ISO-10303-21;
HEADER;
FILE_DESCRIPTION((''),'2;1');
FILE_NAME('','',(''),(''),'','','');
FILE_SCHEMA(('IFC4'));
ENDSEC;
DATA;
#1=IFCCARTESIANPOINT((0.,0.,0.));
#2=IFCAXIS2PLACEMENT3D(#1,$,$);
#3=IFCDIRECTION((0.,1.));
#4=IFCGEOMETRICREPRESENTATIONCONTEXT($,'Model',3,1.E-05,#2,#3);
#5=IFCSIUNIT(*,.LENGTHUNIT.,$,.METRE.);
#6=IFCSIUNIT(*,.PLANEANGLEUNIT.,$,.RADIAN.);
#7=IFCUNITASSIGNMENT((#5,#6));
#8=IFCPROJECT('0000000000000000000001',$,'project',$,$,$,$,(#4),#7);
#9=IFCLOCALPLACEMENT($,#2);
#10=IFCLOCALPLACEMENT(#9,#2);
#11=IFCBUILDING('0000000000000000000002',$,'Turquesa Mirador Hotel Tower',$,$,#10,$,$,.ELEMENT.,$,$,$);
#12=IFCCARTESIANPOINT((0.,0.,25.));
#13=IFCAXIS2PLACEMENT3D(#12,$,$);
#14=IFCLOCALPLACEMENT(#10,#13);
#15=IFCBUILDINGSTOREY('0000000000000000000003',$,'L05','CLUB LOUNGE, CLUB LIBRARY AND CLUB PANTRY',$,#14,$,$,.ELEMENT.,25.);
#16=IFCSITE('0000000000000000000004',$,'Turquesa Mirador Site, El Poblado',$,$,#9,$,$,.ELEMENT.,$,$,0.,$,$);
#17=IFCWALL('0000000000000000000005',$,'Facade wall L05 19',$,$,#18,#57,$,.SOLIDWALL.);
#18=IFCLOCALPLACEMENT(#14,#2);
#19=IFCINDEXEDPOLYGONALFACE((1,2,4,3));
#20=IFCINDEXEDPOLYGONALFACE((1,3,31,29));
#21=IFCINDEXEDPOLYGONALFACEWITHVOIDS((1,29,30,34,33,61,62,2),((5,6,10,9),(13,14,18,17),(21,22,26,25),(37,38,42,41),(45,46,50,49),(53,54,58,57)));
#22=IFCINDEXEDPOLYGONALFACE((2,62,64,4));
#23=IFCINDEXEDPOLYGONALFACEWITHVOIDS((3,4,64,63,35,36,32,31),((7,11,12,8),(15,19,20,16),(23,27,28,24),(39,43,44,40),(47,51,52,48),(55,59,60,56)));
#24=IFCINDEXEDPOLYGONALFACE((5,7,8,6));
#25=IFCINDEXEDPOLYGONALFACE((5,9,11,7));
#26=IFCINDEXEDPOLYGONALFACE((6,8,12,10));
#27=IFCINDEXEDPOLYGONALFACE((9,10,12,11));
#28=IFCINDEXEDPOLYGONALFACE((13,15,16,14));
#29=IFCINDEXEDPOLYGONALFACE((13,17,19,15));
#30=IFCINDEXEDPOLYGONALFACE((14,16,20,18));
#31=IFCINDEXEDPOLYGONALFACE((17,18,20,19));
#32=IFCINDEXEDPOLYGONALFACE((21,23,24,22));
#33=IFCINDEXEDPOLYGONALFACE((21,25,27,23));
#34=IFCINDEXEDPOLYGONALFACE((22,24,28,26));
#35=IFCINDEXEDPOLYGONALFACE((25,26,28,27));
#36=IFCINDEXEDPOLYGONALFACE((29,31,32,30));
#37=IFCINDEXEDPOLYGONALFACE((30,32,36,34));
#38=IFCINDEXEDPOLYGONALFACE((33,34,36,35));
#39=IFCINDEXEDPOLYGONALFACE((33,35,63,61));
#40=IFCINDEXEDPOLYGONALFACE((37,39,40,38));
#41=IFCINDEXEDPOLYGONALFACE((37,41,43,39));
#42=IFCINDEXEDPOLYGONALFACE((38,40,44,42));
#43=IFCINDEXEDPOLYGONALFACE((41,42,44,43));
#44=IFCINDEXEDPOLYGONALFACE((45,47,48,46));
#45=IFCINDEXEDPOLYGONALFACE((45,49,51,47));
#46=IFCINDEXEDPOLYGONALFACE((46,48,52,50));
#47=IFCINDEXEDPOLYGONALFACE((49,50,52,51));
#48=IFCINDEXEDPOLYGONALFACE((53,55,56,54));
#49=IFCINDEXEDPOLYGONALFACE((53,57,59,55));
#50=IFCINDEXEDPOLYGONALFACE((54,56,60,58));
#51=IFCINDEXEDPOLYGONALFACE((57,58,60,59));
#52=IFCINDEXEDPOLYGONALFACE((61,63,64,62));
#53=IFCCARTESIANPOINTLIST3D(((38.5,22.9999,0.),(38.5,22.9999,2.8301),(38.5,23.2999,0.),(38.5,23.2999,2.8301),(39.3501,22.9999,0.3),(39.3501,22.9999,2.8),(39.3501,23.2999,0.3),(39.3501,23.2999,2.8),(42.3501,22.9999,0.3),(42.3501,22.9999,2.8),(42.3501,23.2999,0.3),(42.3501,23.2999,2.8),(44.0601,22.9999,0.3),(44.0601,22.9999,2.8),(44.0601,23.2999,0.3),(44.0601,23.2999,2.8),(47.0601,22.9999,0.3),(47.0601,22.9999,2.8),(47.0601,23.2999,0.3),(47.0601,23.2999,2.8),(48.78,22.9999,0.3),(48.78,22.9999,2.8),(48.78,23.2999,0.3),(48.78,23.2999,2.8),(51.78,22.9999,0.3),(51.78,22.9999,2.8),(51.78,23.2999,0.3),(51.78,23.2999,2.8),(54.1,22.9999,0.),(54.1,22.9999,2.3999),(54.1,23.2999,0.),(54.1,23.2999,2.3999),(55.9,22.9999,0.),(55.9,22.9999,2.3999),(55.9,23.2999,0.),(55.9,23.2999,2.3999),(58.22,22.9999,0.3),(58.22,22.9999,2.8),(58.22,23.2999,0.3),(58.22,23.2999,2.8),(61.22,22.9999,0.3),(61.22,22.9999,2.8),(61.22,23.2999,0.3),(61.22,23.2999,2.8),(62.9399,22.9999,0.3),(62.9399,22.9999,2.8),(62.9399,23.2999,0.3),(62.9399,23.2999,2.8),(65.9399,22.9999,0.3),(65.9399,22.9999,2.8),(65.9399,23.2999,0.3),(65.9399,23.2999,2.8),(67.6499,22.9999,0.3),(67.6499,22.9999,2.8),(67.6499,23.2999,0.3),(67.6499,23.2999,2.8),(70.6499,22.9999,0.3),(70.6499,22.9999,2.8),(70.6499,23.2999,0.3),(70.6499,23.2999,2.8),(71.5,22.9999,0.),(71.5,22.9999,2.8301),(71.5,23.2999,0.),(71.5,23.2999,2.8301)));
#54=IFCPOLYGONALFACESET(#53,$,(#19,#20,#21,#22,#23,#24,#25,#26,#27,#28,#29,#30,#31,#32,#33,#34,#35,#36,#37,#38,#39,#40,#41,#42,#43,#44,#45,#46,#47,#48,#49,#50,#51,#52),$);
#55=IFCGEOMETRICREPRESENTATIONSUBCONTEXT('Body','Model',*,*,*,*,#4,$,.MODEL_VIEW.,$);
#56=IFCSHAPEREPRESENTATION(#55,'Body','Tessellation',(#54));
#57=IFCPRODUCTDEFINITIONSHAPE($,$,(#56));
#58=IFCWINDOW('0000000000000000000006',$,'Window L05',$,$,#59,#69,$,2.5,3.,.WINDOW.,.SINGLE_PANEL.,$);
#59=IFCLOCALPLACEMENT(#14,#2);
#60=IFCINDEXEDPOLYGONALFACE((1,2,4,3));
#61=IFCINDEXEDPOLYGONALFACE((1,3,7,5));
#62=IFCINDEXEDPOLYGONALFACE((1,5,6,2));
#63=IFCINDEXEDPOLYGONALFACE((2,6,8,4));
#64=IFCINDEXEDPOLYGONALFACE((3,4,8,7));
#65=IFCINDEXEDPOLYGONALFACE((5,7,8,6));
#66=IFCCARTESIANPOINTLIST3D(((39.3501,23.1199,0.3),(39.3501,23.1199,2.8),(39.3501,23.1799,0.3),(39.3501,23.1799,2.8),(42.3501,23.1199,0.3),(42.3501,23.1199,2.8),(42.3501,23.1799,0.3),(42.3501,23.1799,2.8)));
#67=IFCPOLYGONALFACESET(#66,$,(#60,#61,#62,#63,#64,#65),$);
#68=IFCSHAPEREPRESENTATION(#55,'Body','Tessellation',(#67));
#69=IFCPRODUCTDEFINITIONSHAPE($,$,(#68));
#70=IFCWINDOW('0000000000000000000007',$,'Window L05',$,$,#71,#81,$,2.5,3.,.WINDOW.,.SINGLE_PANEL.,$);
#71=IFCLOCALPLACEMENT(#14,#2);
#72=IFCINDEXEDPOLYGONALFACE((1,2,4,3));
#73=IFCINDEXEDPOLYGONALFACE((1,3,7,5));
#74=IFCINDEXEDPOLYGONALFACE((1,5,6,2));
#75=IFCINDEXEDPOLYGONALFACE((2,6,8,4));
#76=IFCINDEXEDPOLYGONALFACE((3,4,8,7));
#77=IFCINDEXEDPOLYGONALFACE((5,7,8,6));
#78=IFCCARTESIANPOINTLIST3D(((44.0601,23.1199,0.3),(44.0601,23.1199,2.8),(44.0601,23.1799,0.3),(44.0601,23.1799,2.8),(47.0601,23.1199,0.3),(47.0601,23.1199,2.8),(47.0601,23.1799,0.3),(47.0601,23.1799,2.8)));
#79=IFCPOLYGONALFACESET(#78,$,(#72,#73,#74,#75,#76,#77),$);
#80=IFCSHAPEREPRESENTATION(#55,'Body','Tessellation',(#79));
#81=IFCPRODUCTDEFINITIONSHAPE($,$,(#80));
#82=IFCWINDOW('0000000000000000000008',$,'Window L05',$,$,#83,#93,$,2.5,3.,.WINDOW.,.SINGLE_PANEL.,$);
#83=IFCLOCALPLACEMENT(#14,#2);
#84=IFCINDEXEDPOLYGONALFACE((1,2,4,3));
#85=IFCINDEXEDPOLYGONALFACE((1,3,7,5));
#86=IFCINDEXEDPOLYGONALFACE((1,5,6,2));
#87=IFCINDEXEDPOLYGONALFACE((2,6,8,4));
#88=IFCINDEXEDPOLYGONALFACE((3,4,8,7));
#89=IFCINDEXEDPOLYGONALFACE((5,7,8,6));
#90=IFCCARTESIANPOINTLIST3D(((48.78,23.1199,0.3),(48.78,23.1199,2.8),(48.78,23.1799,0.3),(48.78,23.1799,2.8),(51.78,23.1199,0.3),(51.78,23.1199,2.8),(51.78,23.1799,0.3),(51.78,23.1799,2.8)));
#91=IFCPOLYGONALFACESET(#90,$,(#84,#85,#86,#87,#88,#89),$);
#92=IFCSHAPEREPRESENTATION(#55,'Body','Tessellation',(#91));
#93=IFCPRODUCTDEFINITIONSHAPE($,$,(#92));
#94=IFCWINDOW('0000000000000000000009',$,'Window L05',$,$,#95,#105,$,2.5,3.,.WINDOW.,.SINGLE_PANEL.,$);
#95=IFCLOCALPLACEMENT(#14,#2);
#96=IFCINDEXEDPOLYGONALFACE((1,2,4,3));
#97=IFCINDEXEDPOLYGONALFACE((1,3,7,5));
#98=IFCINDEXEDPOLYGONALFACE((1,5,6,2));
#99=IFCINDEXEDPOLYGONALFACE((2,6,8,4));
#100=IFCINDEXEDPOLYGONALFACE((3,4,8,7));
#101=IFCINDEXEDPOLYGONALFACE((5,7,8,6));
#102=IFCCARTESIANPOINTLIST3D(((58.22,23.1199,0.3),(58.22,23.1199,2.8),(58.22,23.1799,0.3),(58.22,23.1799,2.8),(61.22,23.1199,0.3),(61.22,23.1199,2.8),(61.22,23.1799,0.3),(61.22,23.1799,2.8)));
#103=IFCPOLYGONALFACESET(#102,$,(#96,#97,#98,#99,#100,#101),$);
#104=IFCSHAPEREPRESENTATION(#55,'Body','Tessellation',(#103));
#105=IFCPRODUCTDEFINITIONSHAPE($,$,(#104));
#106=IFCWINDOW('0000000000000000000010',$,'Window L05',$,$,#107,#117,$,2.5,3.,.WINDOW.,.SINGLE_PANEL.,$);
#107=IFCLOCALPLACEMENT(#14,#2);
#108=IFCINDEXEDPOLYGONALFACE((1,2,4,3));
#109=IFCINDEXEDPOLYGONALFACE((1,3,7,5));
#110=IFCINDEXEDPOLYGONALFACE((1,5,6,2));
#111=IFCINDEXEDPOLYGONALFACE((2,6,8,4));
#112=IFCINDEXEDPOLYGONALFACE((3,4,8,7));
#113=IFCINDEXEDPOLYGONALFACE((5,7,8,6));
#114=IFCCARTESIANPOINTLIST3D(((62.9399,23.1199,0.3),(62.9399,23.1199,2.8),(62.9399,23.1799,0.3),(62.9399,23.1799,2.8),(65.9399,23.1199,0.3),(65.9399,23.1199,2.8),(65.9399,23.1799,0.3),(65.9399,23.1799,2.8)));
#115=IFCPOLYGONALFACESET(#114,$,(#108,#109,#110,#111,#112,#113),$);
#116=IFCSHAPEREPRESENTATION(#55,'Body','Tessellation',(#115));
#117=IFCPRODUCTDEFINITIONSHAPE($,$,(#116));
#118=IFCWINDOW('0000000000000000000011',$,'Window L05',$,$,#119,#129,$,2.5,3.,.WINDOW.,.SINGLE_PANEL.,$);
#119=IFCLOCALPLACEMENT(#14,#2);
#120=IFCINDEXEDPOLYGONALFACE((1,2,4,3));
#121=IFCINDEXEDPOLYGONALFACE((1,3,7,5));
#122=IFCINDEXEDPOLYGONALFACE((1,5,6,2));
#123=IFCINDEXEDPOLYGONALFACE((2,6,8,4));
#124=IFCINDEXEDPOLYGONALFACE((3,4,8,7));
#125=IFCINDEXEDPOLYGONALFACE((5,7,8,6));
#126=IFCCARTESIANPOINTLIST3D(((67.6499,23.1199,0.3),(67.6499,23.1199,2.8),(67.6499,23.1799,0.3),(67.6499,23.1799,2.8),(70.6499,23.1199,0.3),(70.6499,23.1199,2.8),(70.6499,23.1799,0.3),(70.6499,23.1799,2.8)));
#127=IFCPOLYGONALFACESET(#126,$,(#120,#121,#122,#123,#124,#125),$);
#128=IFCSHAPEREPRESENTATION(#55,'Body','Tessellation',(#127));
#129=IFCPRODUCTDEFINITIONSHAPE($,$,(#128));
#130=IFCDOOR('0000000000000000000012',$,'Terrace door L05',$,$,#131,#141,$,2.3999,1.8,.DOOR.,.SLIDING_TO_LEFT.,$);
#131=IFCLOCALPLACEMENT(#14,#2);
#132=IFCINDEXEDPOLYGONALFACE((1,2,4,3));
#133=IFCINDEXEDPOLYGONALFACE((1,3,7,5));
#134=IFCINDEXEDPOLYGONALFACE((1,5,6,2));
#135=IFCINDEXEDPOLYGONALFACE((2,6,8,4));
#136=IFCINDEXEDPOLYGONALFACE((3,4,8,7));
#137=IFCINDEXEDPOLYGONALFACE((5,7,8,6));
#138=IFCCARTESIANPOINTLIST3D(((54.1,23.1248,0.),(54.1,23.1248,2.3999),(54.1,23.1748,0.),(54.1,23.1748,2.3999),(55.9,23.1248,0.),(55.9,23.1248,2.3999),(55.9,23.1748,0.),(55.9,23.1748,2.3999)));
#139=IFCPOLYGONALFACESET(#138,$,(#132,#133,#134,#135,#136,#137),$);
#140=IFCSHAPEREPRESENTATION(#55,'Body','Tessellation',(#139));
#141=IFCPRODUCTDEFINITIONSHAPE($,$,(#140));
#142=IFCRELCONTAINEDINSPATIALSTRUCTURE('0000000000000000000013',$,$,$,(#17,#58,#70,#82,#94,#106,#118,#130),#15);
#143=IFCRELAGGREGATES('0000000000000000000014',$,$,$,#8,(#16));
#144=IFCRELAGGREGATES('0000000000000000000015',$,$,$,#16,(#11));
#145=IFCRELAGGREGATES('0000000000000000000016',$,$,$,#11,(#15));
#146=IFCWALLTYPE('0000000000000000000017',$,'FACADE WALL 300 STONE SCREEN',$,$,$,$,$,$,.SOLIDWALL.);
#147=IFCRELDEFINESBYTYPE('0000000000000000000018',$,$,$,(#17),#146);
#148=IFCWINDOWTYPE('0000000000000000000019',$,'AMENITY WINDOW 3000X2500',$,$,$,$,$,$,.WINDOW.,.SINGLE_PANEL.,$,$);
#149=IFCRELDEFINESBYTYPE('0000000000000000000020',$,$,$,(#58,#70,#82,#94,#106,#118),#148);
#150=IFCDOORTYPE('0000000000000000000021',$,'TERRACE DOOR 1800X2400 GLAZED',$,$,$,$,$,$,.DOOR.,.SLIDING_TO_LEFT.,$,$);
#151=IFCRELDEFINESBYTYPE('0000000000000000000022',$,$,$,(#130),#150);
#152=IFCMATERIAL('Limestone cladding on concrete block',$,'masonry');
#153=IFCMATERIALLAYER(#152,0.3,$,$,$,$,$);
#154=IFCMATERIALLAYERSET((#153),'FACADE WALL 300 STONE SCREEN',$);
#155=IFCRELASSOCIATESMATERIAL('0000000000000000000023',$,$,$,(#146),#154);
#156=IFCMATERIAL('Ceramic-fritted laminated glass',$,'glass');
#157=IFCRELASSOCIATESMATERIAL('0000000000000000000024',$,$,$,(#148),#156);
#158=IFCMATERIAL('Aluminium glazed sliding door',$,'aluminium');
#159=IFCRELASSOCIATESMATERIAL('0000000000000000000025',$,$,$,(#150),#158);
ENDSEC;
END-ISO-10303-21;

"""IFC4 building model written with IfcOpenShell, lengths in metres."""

from ifc_helpers import new_model, si_unit, direction, frame, frame_2d, origin, place, context, subcontext, project, spatial, rectangle, extrude, material, layer, layer_set, type_object, element, fill, save


model = new_model("IFC4")

# Units and contexts
model_context = context("Model", 3, precision=1e-05, world=origin(), true_north=direction((0.0, 1.0)))
body_context = subcontext(model_context, "Body", "Model", "MODEL_VIEW")
ifc_project = project(units=[si_unit("LENGTHUNIT", "METRE"), si_unit("PLANEANGLEUNIT", "RADIAN")], contexts=[model_context])

# Site, building, storey
site_placement = place(None, origin())
site = spatial("IfcSite", under=ifc_project, at=site_placement, Name="Turquesa Mirador Site, El Poblado", CompositionType="ELEMENT", RefElevation=0.0)
building_placement = place(site_placement, origin())
building = spatial("IfcBuilding", under=site, at=building_placement, Name="Turquesa Mirador Hotel Tower", CompositionType="ELEMENT")
storey_placement = place(building_placement, frame((0.0, 0.0, 25.0)))
storey = spatial("IfcBuildingStorey", under=building, at=storey_placement, Name="L05", Description="CLUB LOUNGE, CLUB LIBRARY AND CLUB PANTRY", CompositionType="ELEMENT", Elevation=25.0)

# Shared definitions
ifc_material_1 = material(Name="Limestone cladding on concrete block", Category="masonry")
ifc_layer_1 = layer(ifc_material_1, 0.3)
ifc_layer_set_1 = layer_set([ifc_layer_1], Name="FACADE WALL 300 STONE SCREEN")
wall_type_1 = type_object("IfcWallType", Name="FACADE WALL 300 STONE SCREEN", PredefinedType="SOLIDWALL", material=ifc_layer_set_1)

# Wall, openings, windows, door
wall_1_placement = place(storey_placement, frame((38.5, 23.1499, 0.0), z_axis=(0.0, 0.0, 1.0), x_axis=(1.0, 0.0, 0.0)))
wall_1 = element("IfcWall", 1, at=wall_1_placement, inside=storey, type_object=wall_type_1, Name="Facade wall L05 19", PredefinedType="SOLIDWALL", context=body_context, shape_type="SweptSolid", body=[
    extrude(rectangle(XDim=33.0, YDim=0.3, at=frame_2d((16.5, 0.0))), origin(), (0.0, 0.0, 1.0), 2.8301),
])
opening_1_placement = place(wall_1_placement, frame((0.8501, 0.0, 0.3)))
opening_1 = element("IfcOpeningElement", 2, at=opening_1_placement, cuts=wall_1, PredefinedType="OPENING", context=body_context, shape_type="SweptSolid", body=[
    extrude(rectangle(XDim=3.0, YDim=2.5, at=frame_2d((1.5, 1.25))), frame((0.0, 0.1599, 0.0), z_axis=(0.0, -1.0, 0.0), x_axis=(1.0, 0.0, 0.0)), (0.0, 0.0, 1.0), 0.3201),
])
opening_2_placement = place(wall_1_placement, frame((5.5601, 0.0, 0.3)))
opening_2 = element("IfcOpeningElement", 3, at=opening_2_placement, cuts=wall_1, PredefinedType="OPENING", context=body_context, shape_type="SweptSolid", body=[
    extrude(rectangle(XDim=3.0, YDim=2.5, at=frame_2d((1.5, 1.25))), frame((0.0, 0.1599, 0.0), z_axis=(0.0, -1.0, 0.0), x_axis=(1.0, 0.0, 0.0)), (0.0, 0.0, 1.0), 0.3201),
])
opening_3_placement = place(wall_1_placement, frame((10.28, 0.0, 0.3)))
opening_3 = element("IfcOpeningElement", 4, at=opening_3_placement, cuts=wall_1, PredefinedType="OPENING", context=body_context, shape_type="SweptSolid", body=[
    extrude(rectangle(XDim=3.0, YDim=2.5, at=frame_2d((1.5, 1.25))), frame((0.0, 0.1599, 0.0), z_axis=(0.0, -1.0, 0.0), x_axis=(1.0, 0.0, 0.0)), (0.0, 0.0, 1.0), 0.3201),
])
opening_4_placement = place(wall_1_placement, frame((15.6001, 0.0, 0.0)))
opening_4 = element("IfcOpeningElement", 5, at=opening_4_placement, cuts=wall_1, PredefinedType="OPENING", context=body_context, shape_type="SweptSolid", body=[
    extrude(rectangle(XDim=1.8, YDim=2.3999, at=frame_2d((0.8999, 1.2))), frame((0.0, 0.1599, 0.0), z_axis=(0.0, -1.0, 0.0), x_axis=(1.0, 0.0, 0.0)), (0.0, 0.0, 1.0), 0.3201),
])
opening_5_placement = place(wall_1_placement, frame((19.72, 0.0, 0.3)))
opening_5 = element("IfcOpeningElement", 6, at=opening_5_placement, cuts=wall_1, PredefinedType="OPENING", context=body_context, shape_type="SweptSolid", body=[
    extrude(rectangle(XDim=3.0, YDim=2.5, at=frame_2d((1.5, 1.25))), frame((0.0, 0.1599, 0.0), z_axis=(0.0, -1.0, 0.0), x_axis=(1.0, 0.0, 0.0)), (0.0, 0.0, 1.0), 0.3201),
])
opening_6_placement = place(wall_1_placement, frame((24.4399, 0.0, 0.3)))
opening_6 = element("IfcOpeningElement", 7, at=opening_6_placement, cuts=wall_1, PredefinedType="OPENING", context=body_context, shape_type="SweptSolid", body=[
    extrude(rectangle(XDim=3.0, YDim=2.5, at=frame_2d((1.5, 1.25))), frame((0.0, 0.1599, 0.0), z_axis=(0.0, -1.0, 0.0), x_axis=(1.0, 0.0, 0.0)), (0.0, 0.0, 1.0), 0.3201),
])
opening_7_placement = place(wall_1_placement, frame((29.1499, 0.0, 0.3)))
opening_7 = element("IfcOpeningElement", 8, at=opening_7_placement, cuts=wall_1, PredefinedType="OPENING", context=body_context, shape_type="SweptSolid", body=[
    extrude(rectangle(XDim=3.0, YDim=2.5, at=frame_2d((1.5, 1.25))), frame((0.0, 0.1599, 0.0), z_axis=(0.0, -1.0, 0.0), x_axis=(1.0, 0.0, 0.0)), (0.0, 0.0, 1.0), 0.3201),
])
ifc_material_2 = material(Name="Ceramic-fritted laminated glass", Category="glass")
window_type_1 = type_object("IfcWindowType", Name="AMENITY WINDOW 3000X2500", PartitioningType="SINGLE_PANEL", PredefinedType="WINDOW", material=ifc_material_2)
window_1_placement = place(opening_1_placement, origin())
window_1 = element("IfcWindow", 9, at=window_1_placement, inside=storey, type_object=window_type_1, Name="Window L05", OverallHeight=2.5, OverallWidth=3.0, PartitioningType="SINGLE_PANEL", PredefinedType="WINDOW", context=body_context, shape_type="SweptSolid", body=[
    extrude(rectangle(XDim=3.0, YDim=2.5, at=frame_2d((1.5, 1.25))), frame((0.0, 0.03, 0.0), z_axis=(0.0, -1.0, 0.0), x_axis=(1.0, 0.0, 0.0)), (0.0, 0.0, 1.0), 0.0601),
])
fill(opening_1, window_1)
window_2_placement = place(opening_2_placement, origin())
window_2 = element("IfcWindow", 10, at=window_2_placement, inside=storey, type_object=window_type_1, Name="Window L05", OverallHeight=2.5, OverallWidth=3.0, PartitioningType="SINGLE_PANEL", PredefinedType="WINDOW", context=body_context, shape_type="SweptSolid", body=[
    extrude(rectangle(XDim=3.0, YDim=2.5, at=frame_2d((1.5, 1.25))), frame((0.0, 0.03, 0.0), z_axis=(0.0, -1.0, 0.0), x_axis=(1.0, 0.0, 0.0)), (0.0, 0.0, 1.0), 0.0601),
])
fill(opening_2, window_2)
window_3_placement = place(opening_3_placement, origin())
window_3 = element("IfcWindow", 11, at=window_3_placement, inside=storey, type_object=window_type_1, Name="Window L05", OverallHeight=2.5, OverallWidth=3.0, PartitioningType="SINGLE_PANEL", PredefinedType="WINDOW", context=body_context, shape_type="SweptSolid", body=[
    extrude(rectangle(XDim=3.0, YDim=2.5, at=frame_2d((1.5, 1.25))), frame((0.0, 0.03, 0.0), z_axis=(0.0, -1.0, 0.0), x_axis=(1.0, 0.0, 0.0)), (0.0, 0.0, 1.0), 0.0601),
])
fill(opening_3, window_3)
window_4_placement = place(opening_5_placement, origin())
window_4 = element("IfcWindow", 12, at=window_4_placement, inside=storey, type_object=window_type_1, Name="Window L05", OverallHeight=2.5, OverallWidth=3.0, PartitioningType="SINGLE_PANEL", PredefinedType="WINDOW", context=body_context, shape_type="SweptSolid", body=[
    extrude(rectangle(XDim=3.0, YDim=2.5, at=frame_2d((1.5, 1.25))), frame((0.0, 0.03, 0.0), z_axis=(0.0, -1.0, 0.0), x_axis=(1.0, 0.0, 0.0)), (0.0, 0.0, 1.0), 0.0601),
])
fill(opening_5, window_4)
window_5_placement = place(opening_6_placement, origin())
window_5 = element("IfcWindow", 13, at=window_5_placement, inside=storey, type_object=window_type_1, Name="Window L05", OverallHeight=2.5, OverallWidth=3.0, PartitioningType="SINGLE_PANEL", PredefinedType="WINDOW", context=body_context, shape_type="SweptSolid", body=[
    extrude(rectangle(XDim=3.0, YDim=2.5, at=frame_2d((1.5, 1.25))), frame((0.0, 0.03, 0.0), z_axis=(0.0, -1.0, 0.0), x_axis=(1.0, 0.0, 0.0)), (0.0, 0.0, 1.0), 0.0601),
])
fill(opening_6, window_5)
window_6_placement = place(opening_7_placement, origin())
window_6 = element("IfcWindow", 14, at=window_6_placement, inside=storey, type_object=window_type_1, Name="Window L05", OverallHeight=2.5, OverallWidth=3.0, PartitioningType="SINGLE_PANEL", PredefinedType="WINDOW", context=body_context, shape_type="SweptSolid", body=[
    extrude(rectangle(XDim=3.0, YDim=2.5, at=frame_2d((1.5, 1.25))), frame((0.0, 0.03, 0.0), z_axis=(0.0, -1.0, 0.0), x_axis=(1.0, 0.0, 0.0)), (0.0, 0.0, 1.0), 0.0601),
])
fill(opening_7, window_6)
ifc_material_3 = material(Name="Aluminium glazed sliding door", Category="aluminium")
door_type_1 = type_object("IfcDoorType", Name="TERRACE DOOR 1800X2400 GLAZED", OperationType="SLIDING_TO_LEFT", PredefinedType="DOOR", material=ifc_material_3)
door_1_placement = place(opening_4_placement, origin())
door_1 = element("IfcDoor", 15, at=door_1_placement, inside=storey, type_object=door_type_1, Name="Terrace door L05", OperationType="SLIDING_TO_LEFT", OverallHeight=2.3999, OverallWidth=1.8, PredefinedType="DOOR", context=body_context, shape_type="SweptSolid", body=[
    extrude(rectangle(XDim=1.8, YDim=2.3999, at=frame_2d((0.8999, 1.2))), frame((0.0, 0.0249, 0.0), z_axis=(0.0, -1.0, 0.0), x_axis=(1.0, 0.0, 0.0)), (0.0, 0.0, 1.0), 0.05),
])
fill(opening_4, door_1)

save(model, "model.ifc")
